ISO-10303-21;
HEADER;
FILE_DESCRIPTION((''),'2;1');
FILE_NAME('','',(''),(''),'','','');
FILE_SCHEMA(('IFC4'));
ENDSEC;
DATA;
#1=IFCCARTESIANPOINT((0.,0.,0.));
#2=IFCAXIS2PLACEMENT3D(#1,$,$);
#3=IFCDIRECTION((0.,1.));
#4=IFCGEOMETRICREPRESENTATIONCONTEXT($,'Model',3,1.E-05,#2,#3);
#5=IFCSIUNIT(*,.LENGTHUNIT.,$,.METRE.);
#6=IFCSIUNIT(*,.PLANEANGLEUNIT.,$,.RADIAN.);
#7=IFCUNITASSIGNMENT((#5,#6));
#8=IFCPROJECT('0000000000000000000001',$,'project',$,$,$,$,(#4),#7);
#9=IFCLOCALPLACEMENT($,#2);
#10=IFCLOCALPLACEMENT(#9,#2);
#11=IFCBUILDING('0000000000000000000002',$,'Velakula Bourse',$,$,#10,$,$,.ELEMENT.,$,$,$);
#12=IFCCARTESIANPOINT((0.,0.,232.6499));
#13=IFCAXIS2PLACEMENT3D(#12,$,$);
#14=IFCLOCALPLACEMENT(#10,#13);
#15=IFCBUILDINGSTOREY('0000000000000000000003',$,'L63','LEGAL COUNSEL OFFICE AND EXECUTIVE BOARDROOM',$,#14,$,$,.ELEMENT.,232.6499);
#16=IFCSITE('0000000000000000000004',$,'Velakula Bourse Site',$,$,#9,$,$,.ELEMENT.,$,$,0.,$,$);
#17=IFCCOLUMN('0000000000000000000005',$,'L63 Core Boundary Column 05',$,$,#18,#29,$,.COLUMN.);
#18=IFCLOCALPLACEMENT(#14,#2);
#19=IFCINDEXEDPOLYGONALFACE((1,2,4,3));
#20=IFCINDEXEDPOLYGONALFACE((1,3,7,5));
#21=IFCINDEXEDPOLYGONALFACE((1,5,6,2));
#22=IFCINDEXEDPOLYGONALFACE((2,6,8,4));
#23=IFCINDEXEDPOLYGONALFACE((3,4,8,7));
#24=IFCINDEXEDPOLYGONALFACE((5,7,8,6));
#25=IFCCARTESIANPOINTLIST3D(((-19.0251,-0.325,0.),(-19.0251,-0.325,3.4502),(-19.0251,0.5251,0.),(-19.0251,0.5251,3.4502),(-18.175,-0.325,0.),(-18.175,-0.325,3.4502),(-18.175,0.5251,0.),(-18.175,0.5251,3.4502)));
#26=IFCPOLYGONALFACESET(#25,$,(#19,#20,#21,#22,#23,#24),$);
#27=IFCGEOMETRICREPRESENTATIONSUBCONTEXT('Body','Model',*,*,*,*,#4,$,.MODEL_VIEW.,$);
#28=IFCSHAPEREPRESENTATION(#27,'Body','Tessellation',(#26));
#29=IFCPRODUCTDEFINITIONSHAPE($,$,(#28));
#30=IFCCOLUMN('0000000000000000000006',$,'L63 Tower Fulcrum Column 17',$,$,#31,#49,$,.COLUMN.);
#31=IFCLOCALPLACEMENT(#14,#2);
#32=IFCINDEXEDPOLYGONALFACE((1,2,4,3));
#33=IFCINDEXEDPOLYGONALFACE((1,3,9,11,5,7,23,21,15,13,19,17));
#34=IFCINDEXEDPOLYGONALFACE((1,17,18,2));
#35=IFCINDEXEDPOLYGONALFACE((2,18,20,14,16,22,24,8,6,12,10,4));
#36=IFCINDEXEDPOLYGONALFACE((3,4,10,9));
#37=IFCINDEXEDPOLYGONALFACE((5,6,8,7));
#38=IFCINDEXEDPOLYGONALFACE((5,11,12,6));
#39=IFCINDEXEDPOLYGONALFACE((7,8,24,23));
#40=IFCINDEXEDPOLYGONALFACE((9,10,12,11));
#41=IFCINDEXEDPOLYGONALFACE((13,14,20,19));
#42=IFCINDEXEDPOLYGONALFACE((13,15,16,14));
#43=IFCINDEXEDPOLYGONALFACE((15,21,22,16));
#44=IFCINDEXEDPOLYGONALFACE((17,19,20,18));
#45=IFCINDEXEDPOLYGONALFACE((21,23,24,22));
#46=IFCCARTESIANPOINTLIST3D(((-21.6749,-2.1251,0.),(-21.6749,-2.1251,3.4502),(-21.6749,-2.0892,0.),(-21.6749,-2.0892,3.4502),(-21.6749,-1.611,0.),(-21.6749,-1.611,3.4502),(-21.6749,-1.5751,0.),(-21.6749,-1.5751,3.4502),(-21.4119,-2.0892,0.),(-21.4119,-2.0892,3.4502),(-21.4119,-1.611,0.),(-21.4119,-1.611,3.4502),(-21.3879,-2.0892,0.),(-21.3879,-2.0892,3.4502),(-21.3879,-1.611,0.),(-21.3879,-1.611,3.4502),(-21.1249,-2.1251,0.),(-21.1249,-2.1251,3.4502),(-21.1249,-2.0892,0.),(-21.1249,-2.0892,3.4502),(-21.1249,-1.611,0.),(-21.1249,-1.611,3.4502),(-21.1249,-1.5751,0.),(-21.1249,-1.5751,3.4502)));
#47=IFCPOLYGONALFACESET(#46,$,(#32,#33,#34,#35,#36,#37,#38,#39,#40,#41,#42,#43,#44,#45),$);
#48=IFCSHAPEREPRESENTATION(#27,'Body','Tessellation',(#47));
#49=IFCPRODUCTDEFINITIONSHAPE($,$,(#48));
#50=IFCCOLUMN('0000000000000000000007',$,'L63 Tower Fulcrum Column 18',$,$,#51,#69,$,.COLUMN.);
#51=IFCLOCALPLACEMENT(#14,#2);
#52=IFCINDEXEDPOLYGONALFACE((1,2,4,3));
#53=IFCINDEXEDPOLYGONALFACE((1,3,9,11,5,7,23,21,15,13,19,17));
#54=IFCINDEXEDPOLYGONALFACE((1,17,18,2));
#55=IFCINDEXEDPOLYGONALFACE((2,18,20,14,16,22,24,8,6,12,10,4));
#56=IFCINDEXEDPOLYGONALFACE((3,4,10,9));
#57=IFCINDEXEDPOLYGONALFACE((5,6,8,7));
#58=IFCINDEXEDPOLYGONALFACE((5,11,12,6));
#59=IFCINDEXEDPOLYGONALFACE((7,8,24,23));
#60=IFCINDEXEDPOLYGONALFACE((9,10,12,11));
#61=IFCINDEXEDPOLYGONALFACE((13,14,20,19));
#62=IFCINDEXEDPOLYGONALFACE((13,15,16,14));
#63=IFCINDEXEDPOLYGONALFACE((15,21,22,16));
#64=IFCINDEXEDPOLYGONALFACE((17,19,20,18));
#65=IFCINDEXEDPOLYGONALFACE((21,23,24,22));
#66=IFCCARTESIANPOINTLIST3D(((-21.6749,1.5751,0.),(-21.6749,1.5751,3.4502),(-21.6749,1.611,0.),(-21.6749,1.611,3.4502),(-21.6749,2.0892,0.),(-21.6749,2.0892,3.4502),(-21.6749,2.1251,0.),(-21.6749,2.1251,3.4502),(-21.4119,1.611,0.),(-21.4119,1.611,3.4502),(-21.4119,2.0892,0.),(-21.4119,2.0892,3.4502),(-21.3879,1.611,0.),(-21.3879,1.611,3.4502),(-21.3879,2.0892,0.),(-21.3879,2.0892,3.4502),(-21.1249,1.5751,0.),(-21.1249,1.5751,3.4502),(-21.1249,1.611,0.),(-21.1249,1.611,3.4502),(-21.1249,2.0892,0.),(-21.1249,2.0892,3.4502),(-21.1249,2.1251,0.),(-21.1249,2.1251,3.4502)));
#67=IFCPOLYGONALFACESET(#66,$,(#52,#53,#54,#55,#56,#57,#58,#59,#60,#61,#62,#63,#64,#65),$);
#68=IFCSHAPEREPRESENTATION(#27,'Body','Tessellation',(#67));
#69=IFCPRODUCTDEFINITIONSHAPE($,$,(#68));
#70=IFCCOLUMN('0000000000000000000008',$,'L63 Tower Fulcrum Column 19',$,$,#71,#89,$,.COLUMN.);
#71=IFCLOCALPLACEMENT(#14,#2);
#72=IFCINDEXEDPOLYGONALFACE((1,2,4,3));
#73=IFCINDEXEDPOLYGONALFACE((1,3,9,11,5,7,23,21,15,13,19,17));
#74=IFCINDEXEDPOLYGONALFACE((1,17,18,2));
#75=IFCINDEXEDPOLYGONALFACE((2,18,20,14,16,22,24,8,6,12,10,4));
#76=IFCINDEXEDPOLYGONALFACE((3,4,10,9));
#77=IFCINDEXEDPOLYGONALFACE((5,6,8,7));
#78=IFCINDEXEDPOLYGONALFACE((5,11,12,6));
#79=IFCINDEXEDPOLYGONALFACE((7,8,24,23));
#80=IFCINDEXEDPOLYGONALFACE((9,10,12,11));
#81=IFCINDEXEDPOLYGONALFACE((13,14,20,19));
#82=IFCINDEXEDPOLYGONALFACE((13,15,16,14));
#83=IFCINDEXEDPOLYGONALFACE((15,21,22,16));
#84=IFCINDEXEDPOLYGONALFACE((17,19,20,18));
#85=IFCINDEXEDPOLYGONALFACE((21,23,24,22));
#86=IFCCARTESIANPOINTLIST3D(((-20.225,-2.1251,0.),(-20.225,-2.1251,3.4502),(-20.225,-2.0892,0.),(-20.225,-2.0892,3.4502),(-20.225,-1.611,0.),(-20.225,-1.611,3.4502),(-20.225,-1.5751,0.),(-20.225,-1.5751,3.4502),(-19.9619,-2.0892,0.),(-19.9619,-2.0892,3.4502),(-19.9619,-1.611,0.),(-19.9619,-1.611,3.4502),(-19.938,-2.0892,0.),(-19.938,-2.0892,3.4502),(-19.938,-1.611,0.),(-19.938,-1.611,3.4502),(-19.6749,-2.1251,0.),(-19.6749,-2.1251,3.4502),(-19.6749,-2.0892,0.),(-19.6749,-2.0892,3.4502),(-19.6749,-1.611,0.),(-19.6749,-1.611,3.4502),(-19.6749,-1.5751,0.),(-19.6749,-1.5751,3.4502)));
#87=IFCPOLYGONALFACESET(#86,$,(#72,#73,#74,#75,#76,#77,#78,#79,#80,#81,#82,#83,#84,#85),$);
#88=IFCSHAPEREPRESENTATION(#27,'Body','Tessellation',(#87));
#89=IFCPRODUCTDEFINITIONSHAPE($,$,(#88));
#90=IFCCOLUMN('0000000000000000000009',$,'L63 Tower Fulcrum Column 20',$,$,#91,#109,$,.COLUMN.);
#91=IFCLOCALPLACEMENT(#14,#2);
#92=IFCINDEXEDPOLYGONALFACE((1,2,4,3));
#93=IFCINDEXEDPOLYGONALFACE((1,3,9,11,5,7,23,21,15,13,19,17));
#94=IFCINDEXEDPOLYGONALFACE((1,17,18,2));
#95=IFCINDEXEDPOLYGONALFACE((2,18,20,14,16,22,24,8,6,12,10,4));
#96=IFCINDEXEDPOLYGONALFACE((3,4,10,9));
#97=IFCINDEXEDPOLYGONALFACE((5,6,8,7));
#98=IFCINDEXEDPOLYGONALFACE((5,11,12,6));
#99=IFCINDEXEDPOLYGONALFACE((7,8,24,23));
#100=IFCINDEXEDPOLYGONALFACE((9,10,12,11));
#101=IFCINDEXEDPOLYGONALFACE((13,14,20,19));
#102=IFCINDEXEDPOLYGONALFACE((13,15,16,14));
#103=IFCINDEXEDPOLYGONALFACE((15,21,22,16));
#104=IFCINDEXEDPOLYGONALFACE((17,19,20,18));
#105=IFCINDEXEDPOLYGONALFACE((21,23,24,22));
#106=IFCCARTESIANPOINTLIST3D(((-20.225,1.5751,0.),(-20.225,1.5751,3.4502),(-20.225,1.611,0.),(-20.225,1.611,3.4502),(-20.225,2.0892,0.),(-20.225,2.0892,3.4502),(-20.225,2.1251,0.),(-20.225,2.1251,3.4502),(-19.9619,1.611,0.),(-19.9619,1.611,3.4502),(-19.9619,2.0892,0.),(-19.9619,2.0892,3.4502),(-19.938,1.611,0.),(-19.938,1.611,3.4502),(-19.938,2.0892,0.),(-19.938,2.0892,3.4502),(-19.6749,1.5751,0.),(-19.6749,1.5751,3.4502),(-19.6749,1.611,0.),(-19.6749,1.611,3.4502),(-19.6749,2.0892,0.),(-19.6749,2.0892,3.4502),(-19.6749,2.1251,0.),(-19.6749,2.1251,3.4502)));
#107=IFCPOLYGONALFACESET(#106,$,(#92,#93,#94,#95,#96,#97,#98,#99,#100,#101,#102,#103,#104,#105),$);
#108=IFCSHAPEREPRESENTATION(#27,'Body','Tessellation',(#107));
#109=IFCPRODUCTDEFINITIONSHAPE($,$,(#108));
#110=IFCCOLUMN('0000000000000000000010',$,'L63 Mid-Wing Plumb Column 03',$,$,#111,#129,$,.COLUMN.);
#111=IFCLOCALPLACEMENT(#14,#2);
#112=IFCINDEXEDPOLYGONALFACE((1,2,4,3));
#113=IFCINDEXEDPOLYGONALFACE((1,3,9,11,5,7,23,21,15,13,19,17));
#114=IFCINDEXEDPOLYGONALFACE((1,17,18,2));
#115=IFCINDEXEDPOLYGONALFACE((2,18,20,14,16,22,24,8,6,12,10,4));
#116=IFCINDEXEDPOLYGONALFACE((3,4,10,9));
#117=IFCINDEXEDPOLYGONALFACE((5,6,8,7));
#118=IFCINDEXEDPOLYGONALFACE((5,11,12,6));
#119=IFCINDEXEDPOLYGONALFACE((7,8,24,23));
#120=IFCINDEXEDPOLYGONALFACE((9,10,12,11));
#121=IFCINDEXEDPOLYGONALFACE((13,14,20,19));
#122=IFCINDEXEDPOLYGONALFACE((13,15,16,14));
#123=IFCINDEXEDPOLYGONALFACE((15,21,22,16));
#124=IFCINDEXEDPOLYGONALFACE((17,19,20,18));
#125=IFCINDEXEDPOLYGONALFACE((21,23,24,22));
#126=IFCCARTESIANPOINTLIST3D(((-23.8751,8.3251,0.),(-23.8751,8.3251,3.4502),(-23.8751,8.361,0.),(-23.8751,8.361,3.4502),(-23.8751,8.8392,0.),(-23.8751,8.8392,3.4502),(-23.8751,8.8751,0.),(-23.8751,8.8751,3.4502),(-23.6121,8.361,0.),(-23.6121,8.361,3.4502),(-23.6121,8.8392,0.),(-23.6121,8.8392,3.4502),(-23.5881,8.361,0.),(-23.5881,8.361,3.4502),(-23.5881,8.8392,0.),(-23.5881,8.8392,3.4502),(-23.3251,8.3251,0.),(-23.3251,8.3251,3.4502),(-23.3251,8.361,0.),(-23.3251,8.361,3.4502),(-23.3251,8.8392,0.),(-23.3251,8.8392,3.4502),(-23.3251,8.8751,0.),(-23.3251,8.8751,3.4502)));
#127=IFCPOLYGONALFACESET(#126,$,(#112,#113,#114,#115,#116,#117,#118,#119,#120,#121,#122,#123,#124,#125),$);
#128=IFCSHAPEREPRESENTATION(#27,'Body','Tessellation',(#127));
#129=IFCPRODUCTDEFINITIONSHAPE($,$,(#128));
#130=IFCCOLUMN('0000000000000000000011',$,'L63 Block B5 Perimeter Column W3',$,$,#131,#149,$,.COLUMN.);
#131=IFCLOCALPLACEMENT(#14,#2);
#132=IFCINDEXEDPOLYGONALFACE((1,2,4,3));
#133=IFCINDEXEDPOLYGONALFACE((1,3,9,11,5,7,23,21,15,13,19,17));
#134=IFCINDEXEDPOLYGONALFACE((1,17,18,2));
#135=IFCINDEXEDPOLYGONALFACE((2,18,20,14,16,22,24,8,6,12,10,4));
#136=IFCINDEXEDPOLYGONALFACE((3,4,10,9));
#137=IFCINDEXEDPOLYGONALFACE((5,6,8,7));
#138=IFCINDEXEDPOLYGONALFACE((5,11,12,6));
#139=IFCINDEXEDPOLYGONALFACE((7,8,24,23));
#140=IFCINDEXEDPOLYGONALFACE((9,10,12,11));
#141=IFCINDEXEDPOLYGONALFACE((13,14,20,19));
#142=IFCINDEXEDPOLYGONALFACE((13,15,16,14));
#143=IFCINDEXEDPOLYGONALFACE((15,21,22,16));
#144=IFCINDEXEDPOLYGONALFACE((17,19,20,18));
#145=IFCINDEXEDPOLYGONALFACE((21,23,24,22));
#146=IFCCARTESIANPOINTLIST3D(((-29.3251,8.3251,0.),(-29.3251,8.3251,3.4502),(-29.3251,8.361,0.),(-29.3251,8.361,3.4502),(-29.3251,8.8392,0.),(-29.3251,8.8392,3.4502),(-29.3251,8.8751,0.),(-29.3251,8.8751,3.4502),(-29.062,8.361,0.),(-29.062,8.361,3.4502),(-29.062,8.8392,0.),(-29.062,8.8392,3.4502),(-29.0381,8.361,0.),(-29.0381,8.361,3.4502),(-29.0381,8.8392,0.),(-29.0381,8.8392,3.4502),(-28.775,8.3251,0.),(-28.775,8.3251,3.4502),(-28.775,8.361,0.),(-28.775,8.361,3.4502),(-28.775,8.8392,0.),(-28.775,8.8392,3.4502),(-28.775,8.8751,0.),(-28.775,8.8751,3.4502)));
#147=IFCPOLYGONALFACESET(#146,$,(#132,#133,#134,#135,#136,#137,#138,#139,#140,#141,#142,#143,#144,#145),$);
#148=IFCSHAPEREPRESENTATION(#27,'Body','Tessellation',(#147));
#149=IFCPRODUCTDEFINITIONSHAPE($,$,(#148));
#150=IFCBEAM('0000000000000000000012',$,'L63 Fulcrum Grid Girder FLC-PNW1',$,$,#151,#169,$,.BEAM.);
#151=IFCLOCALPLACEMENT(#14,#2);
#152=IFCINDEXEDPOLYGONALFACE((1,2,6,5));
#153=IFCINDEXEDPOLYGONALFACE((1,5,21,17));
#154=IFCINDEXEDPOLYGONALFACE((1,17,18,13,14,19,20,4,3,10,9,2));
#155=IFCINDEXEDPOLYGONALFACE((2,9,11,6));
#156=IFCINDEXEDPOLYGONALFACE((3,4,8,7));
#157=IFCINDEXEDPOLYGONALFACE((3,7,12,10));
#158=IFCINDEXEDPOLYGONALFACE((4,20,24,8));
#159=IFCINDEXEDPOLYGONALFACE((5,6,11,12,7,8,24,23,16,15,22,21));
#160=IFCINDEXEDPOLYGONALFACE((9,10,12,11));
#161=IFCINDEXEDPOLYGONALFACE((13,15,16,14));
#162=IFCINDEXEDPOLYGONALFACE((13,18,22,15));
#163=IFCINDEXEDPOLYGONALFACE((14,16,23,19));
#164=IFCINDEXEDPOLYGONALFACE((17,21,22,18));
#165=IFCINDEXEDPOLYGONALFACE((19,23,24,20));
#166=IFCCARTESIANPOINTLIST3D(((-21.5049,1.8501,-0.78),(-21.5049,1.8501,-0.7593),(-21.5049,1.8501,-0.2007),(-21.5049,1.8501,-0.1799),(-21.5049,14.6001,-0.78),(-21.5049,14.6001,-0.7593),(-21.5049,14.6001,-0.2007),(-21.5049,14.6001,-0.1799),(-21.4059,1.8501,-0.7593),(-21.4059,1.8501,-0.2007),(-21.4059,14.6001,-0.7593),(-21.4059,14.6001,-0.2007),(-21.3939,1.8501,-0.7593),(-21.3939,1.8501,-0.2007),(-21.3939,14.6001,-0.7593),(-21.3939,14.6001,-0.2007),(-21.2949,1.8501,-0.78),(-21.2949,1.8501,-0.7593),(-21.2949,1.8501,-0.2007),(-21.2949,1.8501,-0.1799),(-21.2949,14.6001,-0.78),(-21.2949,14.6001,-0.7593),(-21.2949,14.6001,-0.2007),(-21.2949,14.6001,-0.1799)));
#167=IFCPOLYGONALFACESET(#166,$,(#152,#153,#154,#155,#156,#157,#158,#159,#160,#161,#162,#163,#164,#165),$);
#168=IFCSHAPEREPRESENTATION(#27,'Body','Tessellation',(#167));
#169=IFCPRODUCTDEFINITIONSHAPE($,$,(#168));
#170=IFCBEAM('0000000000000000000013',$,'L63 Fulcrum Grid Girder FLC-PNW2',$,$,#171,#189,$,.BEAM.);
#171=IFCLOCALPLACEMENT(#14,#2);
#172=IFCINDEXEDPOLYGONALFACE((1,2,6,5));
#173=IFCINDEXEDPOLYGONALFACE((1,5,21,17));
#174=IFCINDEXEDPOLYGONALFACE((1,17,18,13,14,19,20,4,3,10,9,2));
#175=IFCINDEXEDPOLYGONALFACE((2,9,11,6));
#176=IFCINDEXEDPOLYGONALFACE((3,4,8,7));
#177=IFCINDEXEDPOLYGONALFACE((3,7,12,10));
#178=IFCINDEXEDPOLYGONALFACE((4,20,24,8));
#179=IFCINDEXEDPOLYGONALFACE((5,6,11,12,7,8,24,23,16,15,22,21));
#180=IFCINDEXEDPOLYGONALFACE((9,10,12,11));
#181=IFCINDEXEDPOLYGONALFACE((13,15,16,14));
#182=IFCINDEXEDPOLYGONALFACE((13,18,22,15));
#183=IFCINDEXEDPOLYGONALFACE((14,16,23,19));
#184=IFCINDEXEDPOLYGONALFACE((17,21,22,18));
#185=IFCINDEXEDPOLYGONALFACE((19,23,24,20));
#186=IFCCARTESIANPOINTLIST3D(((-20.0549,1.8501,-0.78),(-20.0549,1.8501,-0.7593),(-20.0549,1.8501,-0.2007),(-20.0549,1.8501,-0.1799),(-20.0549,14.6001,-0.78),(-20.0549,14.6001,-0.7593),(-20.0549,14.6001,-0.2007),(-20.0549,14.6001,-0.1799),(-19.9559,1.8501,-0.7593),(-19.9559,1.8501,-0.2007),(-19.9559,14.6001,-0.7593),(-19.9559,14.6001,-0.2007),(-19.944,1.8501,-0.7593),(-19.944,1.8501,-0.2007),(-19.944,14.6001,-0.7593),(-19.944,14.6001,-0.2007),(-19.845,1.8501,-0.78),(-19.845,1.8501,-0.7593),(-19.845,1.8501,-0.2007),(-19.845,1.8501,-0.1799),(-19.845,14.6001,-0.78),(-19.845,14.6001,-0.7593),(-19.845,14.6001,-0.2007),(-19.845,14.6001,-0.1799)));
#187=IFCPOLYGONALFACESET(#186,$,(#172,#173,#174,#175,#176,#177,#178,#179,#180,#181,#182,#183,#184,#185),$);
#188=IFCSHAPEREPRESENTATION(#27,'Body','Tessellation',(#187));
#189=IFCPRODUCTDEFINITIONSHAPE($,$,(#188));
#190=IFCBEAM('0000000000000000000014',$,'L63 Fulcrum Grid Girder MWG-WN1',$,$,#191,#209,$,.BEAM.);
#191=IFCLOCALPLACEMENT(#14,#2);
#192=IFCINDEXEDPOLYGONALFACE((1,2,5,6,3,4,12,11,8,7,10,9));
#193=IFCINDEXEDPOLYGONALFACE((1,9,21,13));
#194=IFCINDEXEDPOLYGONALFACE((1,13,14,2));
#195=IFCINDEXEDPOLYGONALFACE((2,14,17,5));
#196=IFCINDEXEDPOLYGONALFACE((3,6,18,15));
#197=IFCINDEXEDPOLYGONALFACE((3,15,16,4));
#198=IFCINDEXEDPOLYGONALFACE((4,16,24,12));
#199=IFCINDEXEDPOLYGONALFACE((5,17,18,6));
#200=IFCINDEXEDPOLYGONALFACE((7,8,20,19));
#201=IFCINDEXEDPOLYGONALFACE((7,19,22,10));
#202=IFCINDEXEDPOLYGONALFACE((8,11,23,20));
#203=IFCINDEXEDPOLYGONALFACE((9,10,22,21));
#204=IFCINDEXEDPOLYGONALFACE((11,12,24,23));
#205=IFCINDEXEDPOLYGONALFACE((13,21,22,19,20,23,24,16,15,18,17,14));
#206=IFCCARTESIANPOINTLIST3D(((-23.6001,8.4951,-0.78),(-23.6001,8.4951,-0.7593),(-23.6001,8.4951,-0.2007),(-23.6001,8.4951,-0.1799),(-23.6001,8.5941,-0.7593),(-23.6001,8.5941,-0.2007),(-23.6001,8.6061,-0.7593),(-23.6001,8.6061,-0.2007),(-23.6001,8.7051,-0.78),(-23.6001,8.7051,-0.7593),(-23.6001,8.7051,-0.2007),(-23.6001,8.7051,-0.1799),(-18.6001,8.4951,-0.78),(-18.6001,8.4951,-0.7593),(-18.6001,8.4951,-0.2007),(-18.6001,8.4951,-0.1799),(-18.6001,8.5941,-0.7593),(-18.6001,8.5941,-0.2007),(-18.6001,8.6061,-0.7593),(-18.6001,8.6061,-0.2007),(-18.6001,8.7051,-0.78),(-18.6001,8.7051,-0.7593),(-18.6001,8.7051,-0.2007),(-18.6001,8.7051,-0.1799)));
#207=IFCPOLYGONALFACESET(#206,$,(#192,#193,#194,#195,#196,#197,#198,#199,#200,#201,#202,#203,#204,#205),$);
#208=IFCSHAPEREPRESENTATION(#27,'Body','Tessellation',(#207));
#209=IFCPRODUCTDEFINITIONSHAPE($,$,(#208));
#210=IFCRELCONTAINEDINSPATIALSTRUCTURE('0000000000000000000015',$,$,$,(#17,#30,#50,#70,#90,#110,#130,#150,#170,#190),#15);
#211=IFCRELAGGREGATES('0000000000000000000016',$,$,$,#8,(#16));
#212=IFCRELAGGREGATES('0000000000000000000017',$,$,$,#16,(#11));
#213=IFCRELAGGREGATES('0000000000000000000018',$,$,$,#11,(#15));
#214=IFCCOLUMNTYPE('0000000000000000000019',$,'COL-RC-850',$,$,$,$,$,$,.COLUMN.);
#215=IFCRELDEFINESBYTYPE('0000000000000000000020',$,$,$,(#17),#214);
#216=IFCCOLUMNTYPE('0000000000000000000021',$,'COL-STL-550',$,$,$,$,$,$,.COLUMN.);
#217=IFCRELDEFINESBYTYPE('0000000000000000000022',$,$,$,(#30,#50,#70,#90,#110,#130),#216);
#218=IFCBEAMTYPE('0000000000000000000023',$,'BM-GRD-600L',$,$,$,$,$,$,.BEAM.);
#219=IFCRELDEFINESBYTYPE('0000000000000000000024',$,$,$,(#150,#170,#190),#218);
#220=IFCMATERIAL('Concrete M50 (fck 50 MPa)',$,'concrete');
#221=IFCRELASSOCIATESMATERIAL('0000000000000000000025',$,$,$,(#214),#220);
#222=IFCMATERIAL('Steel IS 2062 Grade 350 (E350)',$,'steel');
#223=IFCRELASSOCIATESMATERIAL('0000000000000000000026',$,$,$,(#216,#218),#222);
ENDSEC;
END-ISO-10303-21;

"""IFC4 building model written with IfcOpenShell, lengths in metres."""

from ifc_helpers import new_model, si_unit, direction, frame, origin, origin_2d, place, context, subcontext, project, spatial, rectangle, i_section, extrude, material, material_profile, profile_set, type_object, element, save


model = new_model("IFC4")

# Units and contexts
model_context = context("Model", 3, precision=1e-05, world=origin(), true_north=direction((0.0, 1.0)))
body_context = subcontext(model_context, "Body", "Model", "MODEL_VIEW")
ifc_project = project(units=[si_unit("LENGTHUNIT", "METRE"), si_unit("PLANEANGLEUNIT", "RADIAN")], contexts=[model_context])

# Site, building, storey
site_placement = place(None, origin())
site = spatial("IfcSite", under=ifc_project, at=site_placement, Name="Velakula Bourse Site", CompositionType="ELEMENT", RefElevation=0.0)
building_placement = place(site_placement, origin())
building = spatial("IfcBuilding", under=site, at=building_placement, Name="Velakula Bourse", CompositionType="ELEMENT")
storey_placement = place(building_placement, frame((0.0, 0.0, 232.6499)))
storey = spatial("IfcBuildingStorey", under=building, at=storey_placement, Name="L63", Description="LEGAL COUNSEL OFFICE AND EXECUTIVE BOARDROOM", CompositionType="ELEMENT", Elevation=232.6499)

# Columns
ifc_material_1 = material(Name="Concrete M50 (fck 50 MPa)", Category="concrete")
ifc_material_profile_1 = material_profile(ifc_material_1, rectangle(XDim=0.8501, YDim=0.8501, at=origin_2d()), Name="Concrete M50 (fck 50 MPa)")
ifc_profile_set_1 = profile_set([ifc_material_profile_1], Name="Concrete M50 (fck 50 MPa)")
column_type_1 = type_object("IfcColumnType", Name="COL-RC-850", PredefinedType="COLUMN", material=ifc_profile_set_1)
column_placement = place(storey_placement, frame((-18.6001, 0.1001, 0.0), z_axis=(0.0, 0.0, 1.0), x_axis=(1.0, 0.0, 0.0)))
element("IfcColumn", 1, at=column_placement, inside=storey, type_object=column_type_1, Name="L63 Core Boundary Column 05", PredefinedType="COLUMN", context=body_context, shape_type="SweptSolid", body=[
    extrude(rectangle(XDim=0.8501, YDim=0.8501, at=origin_2d()), origin(), (0.0, 0.0, 1.0), 3.4502),
])
ifc_material_2 = material(Name="Steel IS 2062 Grade 350 (E350)", Category="steel")
ifc_material_profile_2 = material_profile(ifc_material_2, i_section(OverallWidth=0.55, OverallDepth=0.55, WebThickness=0.0239, FlangeThickness=0.0359, at=origin_2d()), Name="Steel IS 2062 Grade 350 (E350)")
ifc_profile_set_2 = profile_set([ifc_material_profile_2], Name="Steel IS 2062 Grade 350 (E350)")
column_type_2 = type_object("IfcColumnType", Name="COL-STL-550", PredefinedType="COLUMN", material=ifc_profile_set_2)
for number, where, z_axis, x_axis, name in (
    (2, (-21.3999, -1.8501, 0.0), (0.0, 0.0, 1.0), (1.0, 0.0, 0.0), "L63 Tower Fulcrum Column 17"),
    (3, (-21.3999, 1.8501, 0.0), (0.0, 0.0, 1.0), (1.0, 0.0, 0.0), "L63 Tower Fulcrum Column 18"),
    (4, (-19.95, -1.8501, 0.0), (0.0, 0.0, 1.0), (1.0, 0.0, 0.0), "L63 Tower Fulcrum Column 19"),
    (5, (-19.95, 1.8501, 0.0), (0.0, 0.0, 1.0), (1.0, 0.0, 0.0), "L63 Tower Fulcrum Column 20"),
    (6, (-23.6001, 8.6001, 0.0), (0.0, 0.0, 1.0), (1.0, 0.0, 0.0), "L63 Mid-Wing Plumb Column 03"),
    (7, (-29.05, 8.6001, 0.0), (0.0, 0.0, 1.0), (1.0, 0.0, 0.0), "L63 Block B5 Perimeter Column W3"),
):
    element("IfcColumn", number, at=place(storey_placement, frame(where, z_axis=z_axis, x_axis=x_axis)), inside=storey, type_object=column_type_2, Name=name, PredefinedType="COLUMN", context=body_context, shape_type="SweptSolid", body=[
        extrude(i_section(OverallWidth=0.55, OverallDepth=0.55, WebThickness=0.0239, FlangeThickness=0.0359, at=origin_2d()), origin(), (0.0, 0.0, 1.0), 3.4502),
    ])

# Beams
ifc_material_profile_3 = material_profile(ifc_material_2, i_section(OverallWidth=0.21, OverallDepth=0.6001, WebThickness=0.012, FlangeThickness=0.0208, at=origin_2d()), Name="Steel IS 2062 Grade 350 (E350)")
ifc_profile_set_3 = profile_set([ifc_material_profile_3], Name="Steel IS 2062 Grade 350 (E350)")
beam_type_1 = type_object("IfcBeamType", Name="BM-GRD-600L", PredefinedType="BEAM", material=ifc_profile_set_3)
for number, where, z_axis, x_axis, name in (
    (8, (-21.3999, 1.8501, -0.48), (0.0, 1.0, 0.0), (-1.0, 0.0, 0.0), "L63 Fulcrum Grid Girder FLC-PNW1"),
    (9, (-19.95, 1.8501, -0.48), (0.0, 1.0, 0.0), (-1.0, 0.0, 0.0), "L63 Fulcrum Grid Girder FLC-PNW2"),
):
    element("IfcBeam", number, at=place(storey_placement, frame(where, z_axis=z_axis, x_axis=x_axis)), inside=storey, type_object=beam_type_1, Name=name, PredefinedType="BEAM", context=body_context, shape_type="SweptSolid", body=[
        extrude(i_section(OverallWidth=0.21, OverallDepth=0.6001, WebThickness=0.012, FlangeThickness=0.0208, at=origin_2d()), origin(), (0.0, 0.0, 1.0), 12.75),
    ])
beam_1_placement = place(storey_placement, frame((-23.6001, 8.6001, -0.48), z_axis=(1.0, 0.0, 0.0), x_axis=(0.0, 1.0, 0.0)))
element("IfcBeam", 10, at=beam_1_placement, inside=storey, type_object=beam_type_1, Name="L63 Fulcrum Grid Girder MWG-WN1", PredefinedType="BEAM", context=body_context, shape_type="SweptSolid", body=[
    extrude(i_section(OverallWidth=0.21, OverallDepth=0.6001, WebThickness=0.012, FlangeThickness=0.0208, at=origin_2d()), origin(), (0.0, 0.0, 1.0), 5.0),
])

save(model, "model.ifc")
